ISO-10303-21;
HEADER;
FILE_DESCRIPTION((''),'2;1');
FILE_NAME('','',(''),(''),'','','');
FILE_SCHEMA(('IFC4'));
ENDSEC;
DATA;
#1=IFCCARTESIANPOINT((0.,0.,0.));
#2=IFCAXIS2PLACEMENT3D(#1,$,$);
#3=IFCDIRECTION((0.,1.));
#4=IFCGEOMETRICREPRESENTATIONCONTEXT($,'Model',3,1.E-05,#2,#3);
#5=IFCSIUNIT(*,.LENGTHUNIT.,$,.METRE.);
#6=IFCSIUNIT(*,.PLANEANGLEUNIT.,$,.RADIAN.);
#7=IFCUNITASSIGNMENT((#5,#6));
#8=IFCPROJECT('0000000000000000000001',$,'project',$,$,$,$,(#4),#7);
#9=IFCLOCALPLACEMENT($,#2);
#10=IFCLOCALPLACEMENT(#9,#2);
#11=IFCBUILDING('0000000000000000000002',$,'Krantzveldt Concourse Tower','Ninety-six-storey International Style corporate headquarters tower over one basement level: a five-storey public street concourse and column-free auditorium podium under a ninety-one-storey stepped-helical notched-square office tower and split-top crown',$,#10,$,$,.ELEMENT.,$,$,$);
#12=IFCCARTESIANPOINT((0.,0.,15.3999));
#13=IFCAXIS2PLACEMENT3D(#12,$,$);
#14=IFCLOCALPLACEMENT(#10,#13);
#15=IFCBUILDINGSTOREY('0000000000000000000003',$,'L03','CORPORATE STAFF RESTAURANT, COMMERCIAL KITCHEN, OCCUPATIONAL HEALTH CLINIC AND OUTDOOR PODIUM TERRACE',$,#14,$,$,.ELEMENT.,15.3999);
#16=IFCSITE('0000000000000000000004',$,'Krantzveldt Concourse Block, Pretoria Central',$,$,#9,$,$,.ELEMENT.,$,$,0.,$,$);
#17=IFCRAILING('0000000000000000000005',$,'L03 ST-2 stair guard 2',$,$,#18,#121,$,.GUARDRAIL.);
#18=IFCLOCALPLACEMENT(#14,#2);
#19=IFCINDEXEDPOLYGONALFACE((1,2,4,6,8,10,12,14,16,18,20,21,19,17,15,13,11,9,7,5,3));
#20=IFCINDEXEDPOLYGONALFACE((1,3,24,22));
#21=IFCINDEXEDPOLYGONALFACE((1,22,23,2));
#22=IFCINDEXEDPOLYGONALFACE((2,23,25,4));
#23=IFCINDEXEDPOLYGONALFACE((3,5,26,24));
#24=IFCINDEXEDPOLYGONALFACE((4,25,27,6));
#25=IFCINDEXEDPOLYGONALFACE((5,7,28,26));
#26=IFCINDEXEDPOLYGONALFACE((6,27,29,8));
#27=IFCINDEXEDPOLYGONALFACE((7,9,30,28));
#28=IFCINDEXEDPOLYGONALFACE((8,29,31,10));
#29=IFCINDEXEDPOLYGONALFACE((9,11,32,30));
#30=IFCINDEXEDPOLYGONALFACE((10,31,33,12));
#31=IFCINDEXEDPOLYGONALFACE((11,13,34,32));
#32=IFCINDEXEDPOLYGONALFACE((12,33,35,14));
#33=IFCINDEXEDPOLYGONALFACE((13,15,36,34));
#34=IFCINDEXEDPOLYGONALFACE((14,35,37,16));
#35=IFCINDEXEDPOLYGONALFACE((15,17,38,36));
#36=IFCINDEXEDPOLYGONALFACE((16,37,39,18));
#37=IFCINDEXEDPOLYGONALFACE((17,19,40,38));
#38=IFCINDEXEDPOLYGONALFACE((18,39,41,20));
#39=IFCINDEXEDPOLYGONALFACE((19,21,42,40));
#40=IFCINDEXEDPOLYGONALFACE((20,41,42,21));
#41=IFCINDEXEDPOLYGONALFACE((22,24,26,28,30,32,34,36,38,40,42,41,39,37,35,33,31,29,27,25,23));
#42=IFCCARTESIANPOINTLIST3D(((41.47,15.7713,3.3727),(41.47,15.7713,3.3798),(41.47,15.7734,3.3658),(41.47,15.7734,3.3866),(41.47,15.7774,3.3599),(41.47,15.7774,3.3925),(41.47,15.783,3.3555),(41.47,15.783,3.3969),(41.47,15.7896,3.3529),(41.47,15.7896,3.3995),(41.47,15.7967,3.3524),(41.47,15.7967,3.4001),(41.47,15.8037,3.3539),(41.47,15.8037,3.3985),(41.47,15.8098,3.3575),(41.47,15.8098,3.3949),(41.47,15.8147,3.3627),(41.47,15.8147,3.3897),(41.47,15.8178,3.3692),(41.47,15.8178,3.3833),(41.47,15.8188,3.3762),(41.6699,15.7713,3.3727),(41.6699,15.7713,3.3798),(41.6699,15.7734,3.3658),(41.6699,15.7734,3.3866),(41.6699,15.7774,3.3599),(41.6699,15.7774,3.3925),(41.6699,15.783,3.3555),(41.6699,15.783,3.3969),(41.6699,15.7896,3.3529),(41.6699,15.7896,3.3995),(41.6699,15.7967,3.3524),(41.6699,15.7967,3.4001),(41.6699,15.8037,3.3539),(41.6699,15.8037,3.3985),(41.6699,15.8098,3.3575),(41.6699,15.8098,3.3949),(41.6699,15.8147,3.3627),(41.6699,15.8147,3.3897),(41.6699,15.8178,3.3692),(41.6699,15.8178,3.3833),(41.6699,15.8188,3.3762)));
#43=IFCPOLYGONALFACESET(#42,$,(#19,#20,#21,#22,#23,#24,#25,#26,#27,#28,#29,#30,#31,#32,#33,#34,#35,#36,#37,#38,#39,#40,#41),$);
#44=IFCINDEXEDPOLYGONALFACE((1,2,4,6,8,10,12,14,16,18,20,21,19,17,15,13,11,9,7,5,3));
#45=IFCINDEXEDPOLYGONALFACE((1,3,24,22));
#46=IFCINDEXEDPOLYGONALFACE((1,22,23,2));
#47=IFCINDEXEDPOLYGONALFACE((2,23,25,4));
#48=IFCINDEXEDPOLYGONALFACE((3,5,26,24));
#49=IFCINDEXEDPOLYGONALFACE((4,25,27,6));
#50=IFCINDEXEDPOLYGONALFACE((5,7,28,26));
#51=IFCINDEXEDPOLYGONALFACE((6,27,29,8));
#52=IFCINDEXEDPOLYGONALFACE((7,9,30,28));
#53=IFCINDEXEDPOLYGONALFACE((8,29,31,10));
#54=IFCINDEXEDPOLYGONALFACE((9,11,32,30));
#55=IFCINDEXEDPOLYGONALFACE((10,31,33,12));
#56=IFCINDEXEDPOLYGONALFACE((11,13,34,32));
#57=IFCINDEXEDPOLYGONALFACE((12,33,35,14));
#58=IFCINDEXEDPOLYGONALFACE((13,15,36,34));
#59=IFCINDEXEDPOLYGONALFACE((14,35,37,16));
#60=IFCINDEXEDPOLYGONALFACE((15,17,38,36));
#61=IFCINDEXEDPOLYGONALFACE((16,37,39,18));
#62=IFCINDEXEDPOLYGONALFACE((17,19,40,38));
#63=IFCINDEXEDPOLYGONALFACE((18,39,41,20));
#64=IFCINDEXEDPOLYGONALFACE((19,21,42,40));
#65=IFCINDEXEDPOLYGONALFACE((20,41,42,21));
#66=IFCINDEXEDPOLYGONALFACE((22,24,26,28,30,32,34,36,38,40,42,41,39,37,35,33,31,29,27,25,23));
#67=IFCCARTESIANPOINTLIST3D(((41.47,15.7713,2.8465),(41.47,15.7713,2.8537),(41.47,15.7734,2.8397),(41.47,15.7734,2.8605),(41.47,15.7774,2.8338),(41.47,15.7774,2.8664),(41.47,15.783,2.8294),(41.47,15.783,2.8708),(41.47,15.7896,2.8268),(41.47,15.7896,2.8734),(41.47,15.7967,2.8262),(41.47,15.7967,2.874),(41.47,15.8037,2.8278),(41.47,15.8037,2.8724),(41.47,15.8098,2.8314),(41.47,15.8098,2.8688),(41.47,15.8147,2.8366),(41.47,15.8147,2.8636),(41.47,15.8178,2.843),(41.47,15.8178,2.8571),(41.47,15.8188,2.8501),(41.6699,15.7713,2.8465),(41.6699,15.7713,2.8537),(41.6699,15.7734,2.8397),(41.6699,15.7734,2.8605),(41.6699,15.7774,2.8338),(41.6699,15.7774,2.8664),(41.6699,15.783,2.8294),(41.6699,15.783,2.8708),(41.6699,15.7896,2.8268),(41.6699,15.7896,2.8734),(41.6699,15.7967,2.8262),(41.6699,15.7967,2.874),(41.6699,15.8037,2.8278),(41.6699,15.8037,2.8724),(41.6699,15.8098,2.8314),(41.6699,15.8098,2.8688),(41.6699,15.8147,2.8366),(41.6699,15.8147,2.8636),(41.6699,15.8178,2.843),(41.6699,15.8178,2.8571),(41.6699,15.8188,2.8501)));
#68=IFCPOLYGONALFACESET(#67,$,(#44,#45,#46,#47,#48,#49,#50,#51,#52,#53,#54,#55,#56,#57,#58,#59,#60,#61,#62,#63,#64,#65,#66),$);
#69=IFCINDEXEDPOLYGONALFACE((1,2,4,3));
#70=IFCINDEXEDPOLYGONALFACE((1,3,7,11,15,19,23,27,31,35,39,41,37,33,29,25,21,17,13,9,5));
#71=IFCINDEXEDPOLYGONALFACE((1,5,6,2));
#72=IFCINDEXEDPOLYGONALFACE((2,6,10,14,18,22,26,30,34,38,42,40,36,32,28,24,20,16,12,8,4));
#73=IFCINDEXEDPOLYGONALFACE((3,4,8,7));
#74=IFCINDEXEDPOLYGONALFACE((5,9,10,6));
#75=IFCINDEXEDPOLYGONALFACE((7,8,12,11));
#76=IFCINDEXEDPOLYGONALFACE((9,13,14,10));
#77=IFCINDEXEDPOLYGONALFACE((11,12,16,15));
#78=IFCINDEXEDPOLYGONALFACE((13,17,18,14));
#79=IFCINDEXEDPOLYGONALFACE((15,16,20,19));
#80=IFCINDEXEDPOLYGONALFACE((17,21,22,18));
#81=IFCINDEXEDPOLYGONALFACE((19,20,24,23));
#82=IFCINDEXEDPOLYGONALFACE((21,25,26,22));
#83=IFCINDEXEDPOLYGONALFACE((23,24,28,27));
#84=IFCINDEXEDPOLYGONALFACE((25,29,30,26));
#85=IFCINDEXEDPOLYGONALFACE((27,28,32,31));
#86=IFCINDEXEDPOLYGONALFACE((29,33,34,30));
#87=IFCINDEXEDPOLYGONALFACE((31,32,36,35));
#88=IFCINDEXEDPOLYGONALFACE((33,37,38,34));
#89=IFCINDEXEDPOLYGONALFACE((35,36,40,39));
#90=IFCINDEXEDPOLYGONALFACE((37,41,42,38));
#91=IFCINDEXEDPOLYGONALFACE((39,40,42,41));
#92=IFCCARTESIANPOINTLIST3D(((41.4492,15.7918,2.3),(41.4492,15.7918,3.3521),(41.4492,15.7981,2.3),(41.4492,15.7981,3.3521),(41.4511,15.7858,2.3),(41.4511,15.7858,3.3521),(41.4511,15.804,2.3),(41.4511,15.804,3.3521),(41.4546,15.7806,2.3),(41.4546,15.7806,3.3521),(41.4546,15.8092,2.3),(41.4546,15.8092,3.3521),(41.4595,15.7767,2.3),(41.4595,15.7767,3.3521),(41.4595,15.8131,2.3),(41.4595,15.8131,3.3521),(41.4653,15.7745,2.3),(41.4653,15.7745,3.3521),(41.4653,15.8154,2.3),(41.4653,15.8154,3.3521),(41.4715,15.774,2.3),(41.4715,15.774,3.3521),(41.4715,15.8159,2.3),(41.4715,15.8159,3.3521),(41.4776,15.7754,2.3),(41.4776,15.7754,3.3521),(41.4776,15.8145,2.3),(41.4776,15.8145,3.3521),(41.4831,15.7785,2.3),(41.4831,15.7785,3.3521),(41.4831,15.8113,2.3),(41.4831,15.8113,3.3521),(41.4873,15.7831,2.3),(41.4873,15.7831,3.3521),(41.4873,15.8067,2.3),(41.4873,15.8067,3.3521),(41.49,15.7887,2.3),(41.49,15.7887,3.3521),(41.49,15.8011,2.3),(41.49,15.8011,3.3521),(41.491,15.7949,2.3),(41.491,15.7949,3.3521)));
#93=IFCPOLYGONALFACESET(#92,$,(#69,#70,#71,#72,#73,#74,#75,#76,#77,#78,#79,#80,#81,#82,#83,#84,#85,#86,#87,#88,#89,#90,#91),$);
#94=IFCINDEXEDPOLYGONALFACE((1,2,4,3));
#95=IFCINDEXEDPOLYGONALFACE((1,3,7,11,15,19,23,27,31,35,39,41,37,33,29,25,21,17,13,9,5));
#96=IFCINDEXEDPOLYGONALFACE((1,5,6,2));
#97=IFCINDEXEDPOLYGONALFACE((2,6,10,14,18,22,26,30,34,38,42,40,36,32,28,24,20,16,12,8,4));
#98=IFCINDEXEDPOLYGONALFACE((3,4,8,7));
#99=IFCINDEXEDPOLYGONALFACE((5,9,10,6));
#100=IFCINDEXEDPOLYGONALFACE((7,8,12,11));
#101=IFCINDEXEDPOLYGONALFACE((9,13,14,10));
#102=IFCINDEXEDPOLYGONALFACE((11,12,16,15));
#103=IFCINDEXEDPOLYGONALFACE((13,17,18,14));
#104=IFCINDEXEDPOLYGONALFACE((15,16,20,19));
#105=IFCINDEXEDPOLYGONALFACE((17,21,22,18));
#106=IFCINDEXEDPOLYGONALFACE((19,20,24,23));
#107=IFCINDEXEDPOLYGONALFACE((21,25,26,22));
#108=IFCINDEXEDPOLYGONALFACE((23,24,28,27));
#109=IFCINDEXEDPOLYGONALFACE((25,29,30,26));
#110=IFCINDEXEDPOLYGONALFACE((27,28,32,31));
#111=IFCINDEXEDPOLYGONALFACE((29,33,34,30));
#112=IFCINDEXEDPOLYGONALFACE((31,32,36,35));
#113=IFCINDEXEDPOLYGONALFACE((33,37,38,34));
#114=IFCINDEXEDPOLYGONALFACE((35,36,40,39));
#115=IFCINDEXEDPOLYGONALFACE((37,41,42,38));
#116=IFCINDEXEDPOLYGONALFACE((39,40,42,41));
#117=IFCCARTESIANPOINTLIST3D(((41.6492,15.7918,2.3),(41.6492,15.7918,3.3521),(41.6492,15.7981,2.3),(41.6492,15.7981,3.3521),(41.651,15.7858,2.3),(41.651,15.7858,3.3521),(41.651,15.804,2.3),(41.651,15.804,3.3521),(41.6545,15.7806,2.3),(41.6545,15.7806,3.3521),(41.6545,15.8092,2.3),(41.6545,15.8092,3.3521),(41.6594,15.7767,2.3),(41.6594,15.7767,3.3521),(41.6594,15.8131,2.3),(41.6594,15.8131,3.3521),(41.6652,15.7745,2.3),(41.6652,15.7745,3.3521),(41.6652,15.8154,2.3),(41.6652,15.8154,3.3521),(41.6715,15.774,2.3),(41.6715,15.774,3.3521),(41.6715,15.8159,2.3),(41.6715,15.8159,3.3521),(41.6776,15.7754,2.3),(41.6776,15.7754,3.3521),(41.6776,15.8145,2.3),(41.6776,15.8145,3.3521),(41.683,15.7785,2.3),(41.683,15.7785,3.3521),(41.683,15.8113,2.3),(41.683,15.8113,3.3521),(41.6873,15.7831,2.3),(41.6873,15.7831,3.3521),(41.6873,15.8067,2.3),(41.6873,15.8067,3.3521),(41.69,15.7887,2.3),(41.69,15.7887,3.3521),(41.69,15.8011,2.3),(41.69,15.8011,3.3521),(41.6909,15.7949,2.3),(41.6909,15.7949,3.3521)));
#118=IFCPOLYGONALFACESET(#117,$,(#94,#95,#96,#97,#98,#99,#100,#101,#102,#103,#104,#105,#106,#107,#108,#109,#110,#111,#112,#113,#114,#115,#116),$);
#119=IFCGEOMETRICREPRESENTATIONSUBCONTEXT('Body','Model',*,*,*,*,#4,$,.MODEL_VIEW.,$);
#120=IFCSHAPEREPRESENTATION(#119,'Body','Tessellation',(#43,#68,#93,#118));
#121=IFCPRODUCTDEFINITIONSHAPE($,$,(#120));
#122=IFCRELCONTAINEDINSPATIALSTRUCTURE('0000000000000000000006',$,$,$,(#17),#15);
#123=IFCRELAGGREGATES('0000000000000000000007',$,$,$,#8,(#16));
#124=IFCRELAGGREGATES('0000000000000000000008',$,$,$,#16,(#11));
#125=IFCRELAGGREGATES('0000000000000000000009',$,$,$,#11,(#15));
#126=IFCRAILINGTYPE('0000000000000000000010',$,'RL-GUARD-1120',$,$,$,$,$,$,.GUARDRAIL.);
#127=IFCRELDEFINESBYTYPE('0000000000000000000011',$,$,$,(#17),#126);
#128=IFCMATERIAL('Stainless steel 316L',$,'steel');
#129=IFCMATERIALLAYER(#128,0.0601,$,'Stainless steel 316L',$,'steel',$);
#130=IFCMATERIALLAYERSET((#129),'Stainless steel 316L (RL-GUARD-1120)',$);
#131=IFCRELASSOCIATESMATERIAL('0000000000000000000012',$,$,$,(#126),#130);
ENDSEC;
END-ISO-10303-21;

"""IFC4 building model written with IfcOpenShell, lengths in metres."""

from ifc_helpers import new_model, si_unit, direction, frame, origin, origin_2d, place, context, subcontext, project, spatial, circle, extrude, material, layer, layer_set, type_object, element, save


model = new_model("IFC4")

# Units and contexts
model_context = context("Model", 3, precision=1e-05, world=origin(), true_north=direction((0.0, 1.0)))
body_context = subcontext(model_context, "Body", "Model", "MODEL_VIEW")
ifc_project = project(units=[si_unit("LENGTHUNIT", "METRE"), si_unit("PLANEANGLEUNIT", "RADIAN")], contexts=[model_context])

# Site, building, storey
site_placement = place(None, origin())
site = spatial("IfcSite", under=ifc_project, at=site_placement, Name="Krantzveldt Concourse Block, Pretoria Central", CompositionType="ELEMENT", RefElevation=0.0)
building_placement = place(site_placement, origin())
building = spatial("IfcBuilding", under=site, at=building_placement, Name="Krantzveldt Concourse Tower", Description="Ninety-six-storey International Style corporate headquarters tower over one basement level: a five-storey public street concourse and column-free auditorium podium under a ninety-one-storey stepped-helical notched-square office tower and split-top crown", CompositionType="ELEMENT")
storey_placement = place(building_placement, frame((0.0, 0.0, 15.3999)))
storey = spatial("IfcBuildingStorey", under=building, at=storey_placement, Name="L03", Description="CORPORATE STAFF RESTAURANT, COMMERCIAL KITCHEN, OCCUPATIONAL HEALTH CLINIC AND OUTDOOR PODIUM TERRACE", CompositionType="ELEMENT", Elevation=15.3999)

# Shared definitions
ifc_material_1 = material(Name="Stainless steel 316L", Category="steel")

# Railing
ifc_layer_1 = layer(ifc_material_1, 0.0601, Name="Stainless steel 316L", Category="steel")
ifc_layer_set_1 = layer_set([ifc_layer_1], Name="Stainless steel 316L (RL-GUARD-1120)")
railing_type_1 = type_object("IfcRailingType", Name="RL-GUARD-1120", PredefinedType="GUARDRAIL", material=ifc_layer_set_1)
railing_1_placement = place(storey_placement, frame((41.47, 15.7949, 2.3)))
element("IfcRailing", 1, at=railing_1_placement, inside=storey, type_object=railing_type_1, Name="L03 ST-2 stair guard 2", PredefinedType="GUARDRAIL", context=body_context, shape_type="SweptSolid", body=[
    extrude(circle(Radius=0.0239, at=origin_2d()), frame((0.0, 0.0, 1.0762), z_axis=(1.0, 0.0, 0.0), x_axis=(0.0, 1.0, 0.0)), (0.0, 0.0, 1.0), 0.2),
    extrude(circle(Radius=0.0239, at=origin_2d()), frame((0.0, 0.0, 0.55), z_axis=(1.0, 0.0, 0.0), x_axis=(0.0, 1.0, 0.0)), (0.0, 0.0, 1.0), 0.2),
    extrude(circle(Radius=0.021, at=origin_2d()), origin(), (0.0, 0.0, 1.0), 1.052),
    extrude(circle(Radius=0.021, at=origin_2d()), frame((0.2, 0.0, 0.0)), (0.0, 0.0, 1.0), 1.052),
])

save(model, "model.ifc")
